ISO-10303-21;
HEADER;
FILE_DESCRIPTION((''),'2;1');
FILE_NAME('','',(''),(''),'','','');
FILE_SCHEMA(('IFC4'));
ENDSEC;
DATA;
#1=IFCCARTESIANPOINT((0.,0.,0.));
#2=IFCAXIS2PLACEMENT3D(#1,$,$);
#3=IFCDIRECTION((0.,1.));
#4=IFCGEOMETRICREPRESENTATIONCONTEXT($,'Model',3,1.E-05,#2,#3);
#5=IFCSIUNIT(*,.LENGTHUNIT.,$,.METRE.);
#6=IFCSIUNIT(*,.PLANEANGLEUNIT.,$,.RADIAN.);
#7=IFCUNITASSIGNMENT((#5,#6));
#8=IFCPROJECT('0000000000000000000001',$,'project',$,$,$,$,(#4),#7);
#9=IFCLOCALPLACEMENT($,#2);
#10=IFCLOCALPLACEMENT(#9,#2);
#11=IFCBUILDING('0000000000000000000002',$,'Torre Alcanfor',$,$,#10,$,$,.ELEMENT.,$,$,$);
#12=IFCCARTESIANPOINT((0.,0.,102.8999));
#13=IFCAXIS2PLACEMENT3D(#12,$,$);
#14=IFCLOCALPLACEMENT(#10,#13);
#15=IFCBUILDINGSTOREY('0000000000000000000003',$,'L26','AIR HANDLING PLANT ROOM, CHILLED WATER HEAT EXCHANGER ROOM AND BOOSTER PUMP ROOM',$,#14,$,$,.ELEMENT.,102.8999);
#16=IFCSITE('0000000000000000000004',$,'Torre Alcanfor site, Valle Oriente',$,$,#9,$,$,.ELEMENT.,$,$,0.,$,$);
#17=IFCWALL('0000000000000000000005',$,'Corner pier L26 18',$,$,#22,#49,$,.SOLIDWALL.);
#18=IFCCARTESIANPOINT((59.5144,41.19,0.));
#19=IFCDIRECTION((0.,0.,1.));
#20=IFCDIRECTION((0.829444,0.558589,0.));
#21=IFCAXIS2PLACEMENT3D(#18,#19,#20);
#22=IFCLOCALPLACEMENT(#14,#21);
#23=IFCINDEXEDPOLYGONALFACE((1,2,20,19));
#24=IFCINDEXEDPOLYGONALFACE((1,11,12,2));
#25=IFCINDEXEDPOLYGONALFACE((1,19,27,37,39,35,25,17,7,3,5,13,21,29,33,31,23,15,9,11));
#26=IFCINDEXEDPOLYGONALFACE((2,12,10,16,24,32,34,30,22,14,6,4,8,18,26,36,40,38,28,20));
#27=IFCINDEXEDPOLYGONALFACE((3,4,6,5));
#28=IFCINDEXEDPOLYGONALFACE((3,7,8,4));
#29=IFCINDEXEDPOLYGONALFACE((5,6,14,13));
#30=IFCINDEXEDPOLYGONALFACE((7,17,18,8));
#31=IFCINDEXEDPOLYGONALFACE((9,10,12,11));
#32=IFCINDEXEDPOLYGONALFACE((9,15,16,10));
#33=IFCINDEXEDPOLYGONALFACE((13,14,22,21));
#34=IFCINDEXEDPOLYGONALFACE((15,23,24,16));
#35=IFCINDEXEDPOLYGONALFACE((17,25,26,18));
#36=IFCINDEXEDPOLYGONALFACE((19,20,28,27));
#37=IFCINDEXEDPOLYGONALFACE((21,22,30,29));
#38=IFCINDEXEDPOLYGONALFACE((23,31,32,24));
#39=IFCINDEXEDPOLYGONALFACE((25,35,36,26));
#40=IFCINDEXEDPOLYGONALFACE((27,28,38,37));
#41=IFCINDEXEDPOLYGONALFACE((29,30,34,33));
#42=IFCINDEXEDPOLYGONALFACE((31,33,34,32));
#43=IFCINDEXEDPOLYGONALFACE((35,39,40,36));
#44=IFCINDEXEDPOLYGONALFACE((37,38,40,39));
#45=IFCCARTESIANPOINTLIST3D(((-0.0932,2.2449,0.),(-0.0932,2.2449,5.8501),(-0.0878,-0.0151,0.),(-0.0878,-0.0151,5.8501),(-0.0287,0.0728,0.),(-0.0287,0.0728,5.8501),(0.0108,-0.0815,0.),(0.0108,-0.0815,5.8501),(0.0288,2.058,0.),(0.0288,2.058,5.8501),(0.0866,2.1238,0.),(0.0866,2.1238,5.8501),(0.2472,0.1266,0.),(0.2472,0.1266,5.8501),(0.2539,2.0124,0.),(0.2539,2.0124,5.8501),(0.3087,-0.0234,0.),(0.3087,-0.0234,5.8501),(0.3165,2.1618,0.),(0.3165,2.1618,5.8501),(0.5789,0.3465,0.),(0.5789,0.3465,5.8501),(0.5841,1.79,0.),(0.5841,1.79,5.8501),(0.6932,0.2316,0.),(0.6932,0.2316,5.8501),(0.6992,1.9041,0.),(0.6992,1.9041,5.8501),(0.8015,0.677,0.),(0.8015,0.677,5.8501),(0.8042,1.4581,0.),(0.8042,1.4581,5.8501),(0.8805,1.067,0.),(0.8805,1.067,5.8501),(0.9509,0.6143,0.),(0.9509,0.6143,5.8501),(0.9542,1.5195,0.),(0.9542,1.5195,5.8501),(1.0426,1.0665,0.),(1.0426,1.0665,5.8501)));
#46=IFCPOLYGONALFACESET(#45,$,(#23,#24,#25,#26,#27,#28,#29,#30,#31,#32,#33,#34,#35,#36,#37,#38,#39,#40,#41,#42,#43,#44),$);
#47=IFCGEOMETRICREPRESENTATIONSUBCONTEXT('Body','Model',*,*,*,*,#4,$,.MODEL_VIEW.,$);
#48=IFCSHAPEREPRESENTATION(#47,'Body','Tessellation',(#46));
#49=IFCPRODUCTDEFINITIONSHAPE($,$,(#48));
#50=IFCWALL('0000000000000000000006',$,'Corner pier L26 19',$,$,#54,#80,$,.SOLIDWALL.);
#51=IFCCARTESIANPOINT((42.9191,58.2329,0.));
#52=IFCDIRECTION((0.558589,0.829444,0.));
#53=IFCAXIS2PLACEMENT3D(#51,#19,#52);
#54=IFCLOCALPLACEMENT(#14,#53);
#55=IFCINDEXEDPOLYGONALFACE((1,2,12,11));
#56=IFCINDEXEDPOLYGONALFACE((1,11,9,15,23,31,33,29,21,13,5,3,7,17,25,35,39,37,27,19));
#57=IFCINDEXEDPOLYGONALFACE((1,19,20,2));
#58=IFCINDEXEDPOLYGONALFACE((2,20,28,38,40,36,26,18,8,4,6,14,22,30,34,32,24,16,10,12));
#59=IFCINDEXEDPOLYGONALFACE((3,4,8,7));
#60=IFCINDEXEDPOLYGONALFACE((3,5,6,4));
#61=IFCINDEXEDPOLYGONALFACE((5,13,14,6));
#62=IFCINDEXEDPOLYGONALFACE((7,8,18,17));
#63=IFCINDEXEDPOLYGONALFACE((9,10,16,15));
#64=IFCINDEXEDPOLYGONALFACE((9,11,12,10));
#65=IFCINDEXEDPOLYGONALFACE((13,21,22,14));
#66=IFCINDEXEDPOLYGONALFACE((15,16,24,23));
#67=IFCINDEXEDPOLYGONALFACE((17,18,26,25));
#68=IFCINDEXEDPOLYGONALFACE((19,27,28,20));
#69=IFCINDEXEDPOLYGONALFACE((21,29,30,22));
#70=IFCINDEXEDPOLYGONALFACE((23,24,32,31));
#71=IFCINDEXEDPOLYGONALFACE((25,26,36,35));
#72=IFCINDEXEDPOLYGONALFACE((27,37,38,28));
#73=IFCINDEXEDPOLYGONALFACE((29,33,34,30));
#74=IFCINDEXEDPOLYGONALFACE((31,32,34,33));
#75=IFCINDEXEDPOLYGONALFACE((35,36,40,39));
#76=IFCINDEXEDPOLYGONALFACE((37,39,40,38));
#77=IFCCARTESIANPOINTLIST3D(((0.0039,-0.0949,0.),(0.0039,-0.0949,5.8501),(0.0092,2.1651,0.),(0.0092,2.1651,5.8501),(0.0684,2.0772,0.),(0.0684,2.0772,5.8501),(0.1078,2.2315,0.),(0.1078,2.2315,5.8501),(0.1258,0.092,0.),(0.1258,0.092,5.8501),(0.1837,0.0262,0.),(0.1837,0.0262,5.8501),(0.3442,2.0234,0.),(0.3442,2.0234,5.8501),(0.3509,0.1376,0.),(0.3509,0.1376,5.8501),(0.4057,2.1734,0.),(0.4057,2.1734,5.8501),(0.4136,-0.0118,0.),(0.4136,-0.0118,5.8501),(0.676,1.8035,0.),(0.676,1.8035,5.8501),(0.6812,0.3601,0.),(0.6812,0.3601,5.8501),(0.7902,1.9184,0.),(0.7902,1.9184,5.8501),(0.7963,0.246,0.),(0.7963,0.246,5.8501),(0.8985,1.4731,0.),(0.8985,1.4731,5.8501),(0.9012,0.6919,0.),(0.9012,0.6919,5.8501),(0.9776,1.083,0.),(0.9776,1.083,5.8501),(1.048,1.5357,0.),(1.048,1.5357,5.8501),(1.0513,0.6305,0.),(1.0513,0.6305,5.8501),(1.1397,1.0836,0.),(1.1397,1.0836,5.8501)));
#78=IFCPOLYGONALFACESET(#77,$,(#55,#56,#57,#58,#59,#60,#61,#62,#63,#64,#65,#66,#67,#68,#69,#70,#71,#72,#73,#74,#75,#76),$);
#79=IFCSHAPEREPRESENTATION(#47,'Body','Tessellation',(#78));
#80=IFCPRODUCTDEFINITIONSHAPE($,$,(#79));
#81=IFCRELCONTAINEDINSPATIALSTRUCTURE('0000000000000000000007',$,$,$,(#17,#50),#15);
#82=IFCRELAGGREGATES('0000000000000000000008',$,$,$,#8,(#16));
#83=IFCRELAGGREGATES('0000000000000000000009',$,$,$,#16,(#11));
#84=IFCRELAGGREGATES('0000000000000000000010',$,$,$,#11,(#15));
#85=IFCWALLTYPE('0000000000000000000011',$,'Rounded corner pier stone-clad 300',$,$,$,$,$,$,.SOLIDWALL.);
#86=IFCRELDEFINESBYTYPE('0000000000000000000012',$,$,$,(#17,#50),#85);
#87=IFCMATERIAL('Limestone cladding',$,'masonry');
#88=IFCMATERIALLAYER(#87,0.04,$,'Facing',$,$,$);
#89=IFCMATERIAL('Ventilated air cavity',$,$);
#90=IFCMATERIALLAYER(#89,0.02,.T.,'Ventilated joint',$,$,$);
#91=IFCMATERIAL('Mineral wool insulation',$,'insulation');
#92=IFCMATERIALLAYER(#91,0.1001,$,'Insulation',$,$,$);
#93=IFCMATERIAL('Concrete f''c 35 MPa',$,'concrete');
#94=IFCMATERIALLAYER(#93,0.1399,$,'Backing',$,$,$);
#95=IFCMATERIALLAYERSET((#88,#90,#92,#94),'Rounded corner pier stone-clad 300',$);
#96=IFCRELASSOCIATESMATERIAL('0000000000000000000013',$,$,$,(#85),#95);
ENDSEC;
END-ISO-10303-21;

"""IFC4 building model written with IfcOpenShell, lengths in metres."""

from ifc_helpers import new_model, si_unit, direction, frame, origin, place, context, subcontext, project, spatial, polyline, outline, extrude, material, layer, layer_set, type_object, element, save


model = new_model("IFC4")

# Units and contexts
model_context = context("Model", 3, precision=1e-05, world=origin(), true_north=direction((0.0, 1.0)))
body_context = subcontext(model_context, "Body", "Model", "MODEL_VIEW")
ifc_project = project(units=[si_unit("LENGTHUNIT", "METRE"), si_unit("PLANEANGLEUNIT", "RADIAN")], contexts=[model_context])

# Site, building, storey
site_placement = place(None, origin())
site = spatial("IfcSite", under=ifc_project, at=site_placement, Name="Torre Alcanfor site, Valle Oriente", CompositionType="ELEMENT", RefElevation=0.0)
building_placement = place(site_placement, origin())
building = spatial("IfcBuilding", under=site, at=building_placement, Name="Torre Alcanfor", CompositionType="ELEMENT")
storey_placement = place(building_placement, frame((0.0, 0.0, 102.8999)))
storey = spatial("IfcBuildingStorey", under=building, at=storey_placement, Name="L26", Description="AIR HANDLING PLANT ROOM, CHILLED WATER HEAT EXCHANGER ROOM AND BOOSTER PUMP ROOM", CompositionType="ELEMENT", Elevation=102.8999)

# Shared definitions
ifc_material_1 = material(Name="Limestone cladding", Category="masonry")
ifc_material_2 = material(Name="Ventilated air cavity")
ifc_material_3 = material(Name="Mineral wool insulation", Category="insulation")
ifc_material_4 = material(Name="Concrete f'c 35 MPa", Category="concrete")

# Walls
ifc_layer_1 = layer(ifc_material_1, 0.04, Name="Facing")
ifc_layer_2 = layer(ifc_material_2, 0.02, ventilated=True, Name="Ventilated joint")
ifc_layer_3 = layer(ifc_material_3, 0.1001, Name="Insulation")
ifc_layer_4 = layer(ifc_material_4, 0.1399, Name="Backing")
ifc_layer_set_1 = layer_set([ifc_layer_1, ifc_layer_2, ifc_layer_3, ifc_layer_4], Name="Rounded corner pier stone-clad 300")
wall_type_1 = type_object("IfcWallType", Name="Rounded corner pier stone-clad 300", PredefinedType="SOLIDWALL", material=ifc_layer_set_1)
wall_1_placement = place(storey_placement, frame((59.5144, 41.19, 0.0), z_axis=(0.0, 0.0, 1.0), x_axis=(0.829444, 0.558589, 0.0)))
element("IfcWall", 1, at=wall_1_placement, inside=storey, type_object=wall_type_1, Name="Corner pier L26 18", PredefinedType="SOLIDWALL", context=body_context, shape_type="SweptSolid", body=[
    extrude(outline(polyline([(0.6932, 0.2316), (0.9509, 0.6143), (1.0426, 1.0665), (0.9542, 1.5195), (0.6992, 1.9041), (0.3165, 2.1618), (-0.0932, 2.2449), (0.0866, 2.1238), (0.0288, 2.058), (0.2539, 2.0124), (0.5841, 1.79), (0.8042, 1.4581), (0.8805, 1.067), (0.8015, 0.677), (0.5789, 0.3465), (0.2472, 0.1266), (-0.0287, 0.0728), (-0.0878, -0.0151), (0.0108, -0.0815), (0.3087, -0.0234), (0.6932, 0.2316)])), origin(), (0.0, 0.0, 1.0), 5.8501),
])
wall_2_placement = place(storey_placement, frame((42.9191, 58.2329, 0.0), z_axis=(0.0, 0.0, 1.0), x_axis=(0.558589, 0.829444, 0.0)))
element("IfcWall", 2, at=wall_2_placement, inside=storey, type_object=wall_type_1, Name="Corner pier L26 19", PredefinedType="SOLIDWALL", context=body_context, shape_type="SweptSolid", body=[
    extrude(outline(polyline([(0.4136, -0.0118), (0.7963, 0.246), (1.0513, 0.6305), (1.1397, 1.0836), (1.048, 1.5357), (0.7902, 1.9184), (0.4057, 2.1734), (0.1078, 2.2315), (0.0092, 2.1651), (0.0684, 2.0772), (0.3442, 2.0234), (0.676, 1.8035), (0.8985, 1.4731), (0.9776, 1.083), (0.9012, 0.6919), (0.6812, 0.3601), (0.3509, 0.1376), (0.1258, 0.092), (0.1837, 0.0262), (0.0039, -0.0949), (0.4136, -0.0118)])), origin(), (0.0, 0.0, 1.0), 5.8501),
])

save(model, "model.ifc")
